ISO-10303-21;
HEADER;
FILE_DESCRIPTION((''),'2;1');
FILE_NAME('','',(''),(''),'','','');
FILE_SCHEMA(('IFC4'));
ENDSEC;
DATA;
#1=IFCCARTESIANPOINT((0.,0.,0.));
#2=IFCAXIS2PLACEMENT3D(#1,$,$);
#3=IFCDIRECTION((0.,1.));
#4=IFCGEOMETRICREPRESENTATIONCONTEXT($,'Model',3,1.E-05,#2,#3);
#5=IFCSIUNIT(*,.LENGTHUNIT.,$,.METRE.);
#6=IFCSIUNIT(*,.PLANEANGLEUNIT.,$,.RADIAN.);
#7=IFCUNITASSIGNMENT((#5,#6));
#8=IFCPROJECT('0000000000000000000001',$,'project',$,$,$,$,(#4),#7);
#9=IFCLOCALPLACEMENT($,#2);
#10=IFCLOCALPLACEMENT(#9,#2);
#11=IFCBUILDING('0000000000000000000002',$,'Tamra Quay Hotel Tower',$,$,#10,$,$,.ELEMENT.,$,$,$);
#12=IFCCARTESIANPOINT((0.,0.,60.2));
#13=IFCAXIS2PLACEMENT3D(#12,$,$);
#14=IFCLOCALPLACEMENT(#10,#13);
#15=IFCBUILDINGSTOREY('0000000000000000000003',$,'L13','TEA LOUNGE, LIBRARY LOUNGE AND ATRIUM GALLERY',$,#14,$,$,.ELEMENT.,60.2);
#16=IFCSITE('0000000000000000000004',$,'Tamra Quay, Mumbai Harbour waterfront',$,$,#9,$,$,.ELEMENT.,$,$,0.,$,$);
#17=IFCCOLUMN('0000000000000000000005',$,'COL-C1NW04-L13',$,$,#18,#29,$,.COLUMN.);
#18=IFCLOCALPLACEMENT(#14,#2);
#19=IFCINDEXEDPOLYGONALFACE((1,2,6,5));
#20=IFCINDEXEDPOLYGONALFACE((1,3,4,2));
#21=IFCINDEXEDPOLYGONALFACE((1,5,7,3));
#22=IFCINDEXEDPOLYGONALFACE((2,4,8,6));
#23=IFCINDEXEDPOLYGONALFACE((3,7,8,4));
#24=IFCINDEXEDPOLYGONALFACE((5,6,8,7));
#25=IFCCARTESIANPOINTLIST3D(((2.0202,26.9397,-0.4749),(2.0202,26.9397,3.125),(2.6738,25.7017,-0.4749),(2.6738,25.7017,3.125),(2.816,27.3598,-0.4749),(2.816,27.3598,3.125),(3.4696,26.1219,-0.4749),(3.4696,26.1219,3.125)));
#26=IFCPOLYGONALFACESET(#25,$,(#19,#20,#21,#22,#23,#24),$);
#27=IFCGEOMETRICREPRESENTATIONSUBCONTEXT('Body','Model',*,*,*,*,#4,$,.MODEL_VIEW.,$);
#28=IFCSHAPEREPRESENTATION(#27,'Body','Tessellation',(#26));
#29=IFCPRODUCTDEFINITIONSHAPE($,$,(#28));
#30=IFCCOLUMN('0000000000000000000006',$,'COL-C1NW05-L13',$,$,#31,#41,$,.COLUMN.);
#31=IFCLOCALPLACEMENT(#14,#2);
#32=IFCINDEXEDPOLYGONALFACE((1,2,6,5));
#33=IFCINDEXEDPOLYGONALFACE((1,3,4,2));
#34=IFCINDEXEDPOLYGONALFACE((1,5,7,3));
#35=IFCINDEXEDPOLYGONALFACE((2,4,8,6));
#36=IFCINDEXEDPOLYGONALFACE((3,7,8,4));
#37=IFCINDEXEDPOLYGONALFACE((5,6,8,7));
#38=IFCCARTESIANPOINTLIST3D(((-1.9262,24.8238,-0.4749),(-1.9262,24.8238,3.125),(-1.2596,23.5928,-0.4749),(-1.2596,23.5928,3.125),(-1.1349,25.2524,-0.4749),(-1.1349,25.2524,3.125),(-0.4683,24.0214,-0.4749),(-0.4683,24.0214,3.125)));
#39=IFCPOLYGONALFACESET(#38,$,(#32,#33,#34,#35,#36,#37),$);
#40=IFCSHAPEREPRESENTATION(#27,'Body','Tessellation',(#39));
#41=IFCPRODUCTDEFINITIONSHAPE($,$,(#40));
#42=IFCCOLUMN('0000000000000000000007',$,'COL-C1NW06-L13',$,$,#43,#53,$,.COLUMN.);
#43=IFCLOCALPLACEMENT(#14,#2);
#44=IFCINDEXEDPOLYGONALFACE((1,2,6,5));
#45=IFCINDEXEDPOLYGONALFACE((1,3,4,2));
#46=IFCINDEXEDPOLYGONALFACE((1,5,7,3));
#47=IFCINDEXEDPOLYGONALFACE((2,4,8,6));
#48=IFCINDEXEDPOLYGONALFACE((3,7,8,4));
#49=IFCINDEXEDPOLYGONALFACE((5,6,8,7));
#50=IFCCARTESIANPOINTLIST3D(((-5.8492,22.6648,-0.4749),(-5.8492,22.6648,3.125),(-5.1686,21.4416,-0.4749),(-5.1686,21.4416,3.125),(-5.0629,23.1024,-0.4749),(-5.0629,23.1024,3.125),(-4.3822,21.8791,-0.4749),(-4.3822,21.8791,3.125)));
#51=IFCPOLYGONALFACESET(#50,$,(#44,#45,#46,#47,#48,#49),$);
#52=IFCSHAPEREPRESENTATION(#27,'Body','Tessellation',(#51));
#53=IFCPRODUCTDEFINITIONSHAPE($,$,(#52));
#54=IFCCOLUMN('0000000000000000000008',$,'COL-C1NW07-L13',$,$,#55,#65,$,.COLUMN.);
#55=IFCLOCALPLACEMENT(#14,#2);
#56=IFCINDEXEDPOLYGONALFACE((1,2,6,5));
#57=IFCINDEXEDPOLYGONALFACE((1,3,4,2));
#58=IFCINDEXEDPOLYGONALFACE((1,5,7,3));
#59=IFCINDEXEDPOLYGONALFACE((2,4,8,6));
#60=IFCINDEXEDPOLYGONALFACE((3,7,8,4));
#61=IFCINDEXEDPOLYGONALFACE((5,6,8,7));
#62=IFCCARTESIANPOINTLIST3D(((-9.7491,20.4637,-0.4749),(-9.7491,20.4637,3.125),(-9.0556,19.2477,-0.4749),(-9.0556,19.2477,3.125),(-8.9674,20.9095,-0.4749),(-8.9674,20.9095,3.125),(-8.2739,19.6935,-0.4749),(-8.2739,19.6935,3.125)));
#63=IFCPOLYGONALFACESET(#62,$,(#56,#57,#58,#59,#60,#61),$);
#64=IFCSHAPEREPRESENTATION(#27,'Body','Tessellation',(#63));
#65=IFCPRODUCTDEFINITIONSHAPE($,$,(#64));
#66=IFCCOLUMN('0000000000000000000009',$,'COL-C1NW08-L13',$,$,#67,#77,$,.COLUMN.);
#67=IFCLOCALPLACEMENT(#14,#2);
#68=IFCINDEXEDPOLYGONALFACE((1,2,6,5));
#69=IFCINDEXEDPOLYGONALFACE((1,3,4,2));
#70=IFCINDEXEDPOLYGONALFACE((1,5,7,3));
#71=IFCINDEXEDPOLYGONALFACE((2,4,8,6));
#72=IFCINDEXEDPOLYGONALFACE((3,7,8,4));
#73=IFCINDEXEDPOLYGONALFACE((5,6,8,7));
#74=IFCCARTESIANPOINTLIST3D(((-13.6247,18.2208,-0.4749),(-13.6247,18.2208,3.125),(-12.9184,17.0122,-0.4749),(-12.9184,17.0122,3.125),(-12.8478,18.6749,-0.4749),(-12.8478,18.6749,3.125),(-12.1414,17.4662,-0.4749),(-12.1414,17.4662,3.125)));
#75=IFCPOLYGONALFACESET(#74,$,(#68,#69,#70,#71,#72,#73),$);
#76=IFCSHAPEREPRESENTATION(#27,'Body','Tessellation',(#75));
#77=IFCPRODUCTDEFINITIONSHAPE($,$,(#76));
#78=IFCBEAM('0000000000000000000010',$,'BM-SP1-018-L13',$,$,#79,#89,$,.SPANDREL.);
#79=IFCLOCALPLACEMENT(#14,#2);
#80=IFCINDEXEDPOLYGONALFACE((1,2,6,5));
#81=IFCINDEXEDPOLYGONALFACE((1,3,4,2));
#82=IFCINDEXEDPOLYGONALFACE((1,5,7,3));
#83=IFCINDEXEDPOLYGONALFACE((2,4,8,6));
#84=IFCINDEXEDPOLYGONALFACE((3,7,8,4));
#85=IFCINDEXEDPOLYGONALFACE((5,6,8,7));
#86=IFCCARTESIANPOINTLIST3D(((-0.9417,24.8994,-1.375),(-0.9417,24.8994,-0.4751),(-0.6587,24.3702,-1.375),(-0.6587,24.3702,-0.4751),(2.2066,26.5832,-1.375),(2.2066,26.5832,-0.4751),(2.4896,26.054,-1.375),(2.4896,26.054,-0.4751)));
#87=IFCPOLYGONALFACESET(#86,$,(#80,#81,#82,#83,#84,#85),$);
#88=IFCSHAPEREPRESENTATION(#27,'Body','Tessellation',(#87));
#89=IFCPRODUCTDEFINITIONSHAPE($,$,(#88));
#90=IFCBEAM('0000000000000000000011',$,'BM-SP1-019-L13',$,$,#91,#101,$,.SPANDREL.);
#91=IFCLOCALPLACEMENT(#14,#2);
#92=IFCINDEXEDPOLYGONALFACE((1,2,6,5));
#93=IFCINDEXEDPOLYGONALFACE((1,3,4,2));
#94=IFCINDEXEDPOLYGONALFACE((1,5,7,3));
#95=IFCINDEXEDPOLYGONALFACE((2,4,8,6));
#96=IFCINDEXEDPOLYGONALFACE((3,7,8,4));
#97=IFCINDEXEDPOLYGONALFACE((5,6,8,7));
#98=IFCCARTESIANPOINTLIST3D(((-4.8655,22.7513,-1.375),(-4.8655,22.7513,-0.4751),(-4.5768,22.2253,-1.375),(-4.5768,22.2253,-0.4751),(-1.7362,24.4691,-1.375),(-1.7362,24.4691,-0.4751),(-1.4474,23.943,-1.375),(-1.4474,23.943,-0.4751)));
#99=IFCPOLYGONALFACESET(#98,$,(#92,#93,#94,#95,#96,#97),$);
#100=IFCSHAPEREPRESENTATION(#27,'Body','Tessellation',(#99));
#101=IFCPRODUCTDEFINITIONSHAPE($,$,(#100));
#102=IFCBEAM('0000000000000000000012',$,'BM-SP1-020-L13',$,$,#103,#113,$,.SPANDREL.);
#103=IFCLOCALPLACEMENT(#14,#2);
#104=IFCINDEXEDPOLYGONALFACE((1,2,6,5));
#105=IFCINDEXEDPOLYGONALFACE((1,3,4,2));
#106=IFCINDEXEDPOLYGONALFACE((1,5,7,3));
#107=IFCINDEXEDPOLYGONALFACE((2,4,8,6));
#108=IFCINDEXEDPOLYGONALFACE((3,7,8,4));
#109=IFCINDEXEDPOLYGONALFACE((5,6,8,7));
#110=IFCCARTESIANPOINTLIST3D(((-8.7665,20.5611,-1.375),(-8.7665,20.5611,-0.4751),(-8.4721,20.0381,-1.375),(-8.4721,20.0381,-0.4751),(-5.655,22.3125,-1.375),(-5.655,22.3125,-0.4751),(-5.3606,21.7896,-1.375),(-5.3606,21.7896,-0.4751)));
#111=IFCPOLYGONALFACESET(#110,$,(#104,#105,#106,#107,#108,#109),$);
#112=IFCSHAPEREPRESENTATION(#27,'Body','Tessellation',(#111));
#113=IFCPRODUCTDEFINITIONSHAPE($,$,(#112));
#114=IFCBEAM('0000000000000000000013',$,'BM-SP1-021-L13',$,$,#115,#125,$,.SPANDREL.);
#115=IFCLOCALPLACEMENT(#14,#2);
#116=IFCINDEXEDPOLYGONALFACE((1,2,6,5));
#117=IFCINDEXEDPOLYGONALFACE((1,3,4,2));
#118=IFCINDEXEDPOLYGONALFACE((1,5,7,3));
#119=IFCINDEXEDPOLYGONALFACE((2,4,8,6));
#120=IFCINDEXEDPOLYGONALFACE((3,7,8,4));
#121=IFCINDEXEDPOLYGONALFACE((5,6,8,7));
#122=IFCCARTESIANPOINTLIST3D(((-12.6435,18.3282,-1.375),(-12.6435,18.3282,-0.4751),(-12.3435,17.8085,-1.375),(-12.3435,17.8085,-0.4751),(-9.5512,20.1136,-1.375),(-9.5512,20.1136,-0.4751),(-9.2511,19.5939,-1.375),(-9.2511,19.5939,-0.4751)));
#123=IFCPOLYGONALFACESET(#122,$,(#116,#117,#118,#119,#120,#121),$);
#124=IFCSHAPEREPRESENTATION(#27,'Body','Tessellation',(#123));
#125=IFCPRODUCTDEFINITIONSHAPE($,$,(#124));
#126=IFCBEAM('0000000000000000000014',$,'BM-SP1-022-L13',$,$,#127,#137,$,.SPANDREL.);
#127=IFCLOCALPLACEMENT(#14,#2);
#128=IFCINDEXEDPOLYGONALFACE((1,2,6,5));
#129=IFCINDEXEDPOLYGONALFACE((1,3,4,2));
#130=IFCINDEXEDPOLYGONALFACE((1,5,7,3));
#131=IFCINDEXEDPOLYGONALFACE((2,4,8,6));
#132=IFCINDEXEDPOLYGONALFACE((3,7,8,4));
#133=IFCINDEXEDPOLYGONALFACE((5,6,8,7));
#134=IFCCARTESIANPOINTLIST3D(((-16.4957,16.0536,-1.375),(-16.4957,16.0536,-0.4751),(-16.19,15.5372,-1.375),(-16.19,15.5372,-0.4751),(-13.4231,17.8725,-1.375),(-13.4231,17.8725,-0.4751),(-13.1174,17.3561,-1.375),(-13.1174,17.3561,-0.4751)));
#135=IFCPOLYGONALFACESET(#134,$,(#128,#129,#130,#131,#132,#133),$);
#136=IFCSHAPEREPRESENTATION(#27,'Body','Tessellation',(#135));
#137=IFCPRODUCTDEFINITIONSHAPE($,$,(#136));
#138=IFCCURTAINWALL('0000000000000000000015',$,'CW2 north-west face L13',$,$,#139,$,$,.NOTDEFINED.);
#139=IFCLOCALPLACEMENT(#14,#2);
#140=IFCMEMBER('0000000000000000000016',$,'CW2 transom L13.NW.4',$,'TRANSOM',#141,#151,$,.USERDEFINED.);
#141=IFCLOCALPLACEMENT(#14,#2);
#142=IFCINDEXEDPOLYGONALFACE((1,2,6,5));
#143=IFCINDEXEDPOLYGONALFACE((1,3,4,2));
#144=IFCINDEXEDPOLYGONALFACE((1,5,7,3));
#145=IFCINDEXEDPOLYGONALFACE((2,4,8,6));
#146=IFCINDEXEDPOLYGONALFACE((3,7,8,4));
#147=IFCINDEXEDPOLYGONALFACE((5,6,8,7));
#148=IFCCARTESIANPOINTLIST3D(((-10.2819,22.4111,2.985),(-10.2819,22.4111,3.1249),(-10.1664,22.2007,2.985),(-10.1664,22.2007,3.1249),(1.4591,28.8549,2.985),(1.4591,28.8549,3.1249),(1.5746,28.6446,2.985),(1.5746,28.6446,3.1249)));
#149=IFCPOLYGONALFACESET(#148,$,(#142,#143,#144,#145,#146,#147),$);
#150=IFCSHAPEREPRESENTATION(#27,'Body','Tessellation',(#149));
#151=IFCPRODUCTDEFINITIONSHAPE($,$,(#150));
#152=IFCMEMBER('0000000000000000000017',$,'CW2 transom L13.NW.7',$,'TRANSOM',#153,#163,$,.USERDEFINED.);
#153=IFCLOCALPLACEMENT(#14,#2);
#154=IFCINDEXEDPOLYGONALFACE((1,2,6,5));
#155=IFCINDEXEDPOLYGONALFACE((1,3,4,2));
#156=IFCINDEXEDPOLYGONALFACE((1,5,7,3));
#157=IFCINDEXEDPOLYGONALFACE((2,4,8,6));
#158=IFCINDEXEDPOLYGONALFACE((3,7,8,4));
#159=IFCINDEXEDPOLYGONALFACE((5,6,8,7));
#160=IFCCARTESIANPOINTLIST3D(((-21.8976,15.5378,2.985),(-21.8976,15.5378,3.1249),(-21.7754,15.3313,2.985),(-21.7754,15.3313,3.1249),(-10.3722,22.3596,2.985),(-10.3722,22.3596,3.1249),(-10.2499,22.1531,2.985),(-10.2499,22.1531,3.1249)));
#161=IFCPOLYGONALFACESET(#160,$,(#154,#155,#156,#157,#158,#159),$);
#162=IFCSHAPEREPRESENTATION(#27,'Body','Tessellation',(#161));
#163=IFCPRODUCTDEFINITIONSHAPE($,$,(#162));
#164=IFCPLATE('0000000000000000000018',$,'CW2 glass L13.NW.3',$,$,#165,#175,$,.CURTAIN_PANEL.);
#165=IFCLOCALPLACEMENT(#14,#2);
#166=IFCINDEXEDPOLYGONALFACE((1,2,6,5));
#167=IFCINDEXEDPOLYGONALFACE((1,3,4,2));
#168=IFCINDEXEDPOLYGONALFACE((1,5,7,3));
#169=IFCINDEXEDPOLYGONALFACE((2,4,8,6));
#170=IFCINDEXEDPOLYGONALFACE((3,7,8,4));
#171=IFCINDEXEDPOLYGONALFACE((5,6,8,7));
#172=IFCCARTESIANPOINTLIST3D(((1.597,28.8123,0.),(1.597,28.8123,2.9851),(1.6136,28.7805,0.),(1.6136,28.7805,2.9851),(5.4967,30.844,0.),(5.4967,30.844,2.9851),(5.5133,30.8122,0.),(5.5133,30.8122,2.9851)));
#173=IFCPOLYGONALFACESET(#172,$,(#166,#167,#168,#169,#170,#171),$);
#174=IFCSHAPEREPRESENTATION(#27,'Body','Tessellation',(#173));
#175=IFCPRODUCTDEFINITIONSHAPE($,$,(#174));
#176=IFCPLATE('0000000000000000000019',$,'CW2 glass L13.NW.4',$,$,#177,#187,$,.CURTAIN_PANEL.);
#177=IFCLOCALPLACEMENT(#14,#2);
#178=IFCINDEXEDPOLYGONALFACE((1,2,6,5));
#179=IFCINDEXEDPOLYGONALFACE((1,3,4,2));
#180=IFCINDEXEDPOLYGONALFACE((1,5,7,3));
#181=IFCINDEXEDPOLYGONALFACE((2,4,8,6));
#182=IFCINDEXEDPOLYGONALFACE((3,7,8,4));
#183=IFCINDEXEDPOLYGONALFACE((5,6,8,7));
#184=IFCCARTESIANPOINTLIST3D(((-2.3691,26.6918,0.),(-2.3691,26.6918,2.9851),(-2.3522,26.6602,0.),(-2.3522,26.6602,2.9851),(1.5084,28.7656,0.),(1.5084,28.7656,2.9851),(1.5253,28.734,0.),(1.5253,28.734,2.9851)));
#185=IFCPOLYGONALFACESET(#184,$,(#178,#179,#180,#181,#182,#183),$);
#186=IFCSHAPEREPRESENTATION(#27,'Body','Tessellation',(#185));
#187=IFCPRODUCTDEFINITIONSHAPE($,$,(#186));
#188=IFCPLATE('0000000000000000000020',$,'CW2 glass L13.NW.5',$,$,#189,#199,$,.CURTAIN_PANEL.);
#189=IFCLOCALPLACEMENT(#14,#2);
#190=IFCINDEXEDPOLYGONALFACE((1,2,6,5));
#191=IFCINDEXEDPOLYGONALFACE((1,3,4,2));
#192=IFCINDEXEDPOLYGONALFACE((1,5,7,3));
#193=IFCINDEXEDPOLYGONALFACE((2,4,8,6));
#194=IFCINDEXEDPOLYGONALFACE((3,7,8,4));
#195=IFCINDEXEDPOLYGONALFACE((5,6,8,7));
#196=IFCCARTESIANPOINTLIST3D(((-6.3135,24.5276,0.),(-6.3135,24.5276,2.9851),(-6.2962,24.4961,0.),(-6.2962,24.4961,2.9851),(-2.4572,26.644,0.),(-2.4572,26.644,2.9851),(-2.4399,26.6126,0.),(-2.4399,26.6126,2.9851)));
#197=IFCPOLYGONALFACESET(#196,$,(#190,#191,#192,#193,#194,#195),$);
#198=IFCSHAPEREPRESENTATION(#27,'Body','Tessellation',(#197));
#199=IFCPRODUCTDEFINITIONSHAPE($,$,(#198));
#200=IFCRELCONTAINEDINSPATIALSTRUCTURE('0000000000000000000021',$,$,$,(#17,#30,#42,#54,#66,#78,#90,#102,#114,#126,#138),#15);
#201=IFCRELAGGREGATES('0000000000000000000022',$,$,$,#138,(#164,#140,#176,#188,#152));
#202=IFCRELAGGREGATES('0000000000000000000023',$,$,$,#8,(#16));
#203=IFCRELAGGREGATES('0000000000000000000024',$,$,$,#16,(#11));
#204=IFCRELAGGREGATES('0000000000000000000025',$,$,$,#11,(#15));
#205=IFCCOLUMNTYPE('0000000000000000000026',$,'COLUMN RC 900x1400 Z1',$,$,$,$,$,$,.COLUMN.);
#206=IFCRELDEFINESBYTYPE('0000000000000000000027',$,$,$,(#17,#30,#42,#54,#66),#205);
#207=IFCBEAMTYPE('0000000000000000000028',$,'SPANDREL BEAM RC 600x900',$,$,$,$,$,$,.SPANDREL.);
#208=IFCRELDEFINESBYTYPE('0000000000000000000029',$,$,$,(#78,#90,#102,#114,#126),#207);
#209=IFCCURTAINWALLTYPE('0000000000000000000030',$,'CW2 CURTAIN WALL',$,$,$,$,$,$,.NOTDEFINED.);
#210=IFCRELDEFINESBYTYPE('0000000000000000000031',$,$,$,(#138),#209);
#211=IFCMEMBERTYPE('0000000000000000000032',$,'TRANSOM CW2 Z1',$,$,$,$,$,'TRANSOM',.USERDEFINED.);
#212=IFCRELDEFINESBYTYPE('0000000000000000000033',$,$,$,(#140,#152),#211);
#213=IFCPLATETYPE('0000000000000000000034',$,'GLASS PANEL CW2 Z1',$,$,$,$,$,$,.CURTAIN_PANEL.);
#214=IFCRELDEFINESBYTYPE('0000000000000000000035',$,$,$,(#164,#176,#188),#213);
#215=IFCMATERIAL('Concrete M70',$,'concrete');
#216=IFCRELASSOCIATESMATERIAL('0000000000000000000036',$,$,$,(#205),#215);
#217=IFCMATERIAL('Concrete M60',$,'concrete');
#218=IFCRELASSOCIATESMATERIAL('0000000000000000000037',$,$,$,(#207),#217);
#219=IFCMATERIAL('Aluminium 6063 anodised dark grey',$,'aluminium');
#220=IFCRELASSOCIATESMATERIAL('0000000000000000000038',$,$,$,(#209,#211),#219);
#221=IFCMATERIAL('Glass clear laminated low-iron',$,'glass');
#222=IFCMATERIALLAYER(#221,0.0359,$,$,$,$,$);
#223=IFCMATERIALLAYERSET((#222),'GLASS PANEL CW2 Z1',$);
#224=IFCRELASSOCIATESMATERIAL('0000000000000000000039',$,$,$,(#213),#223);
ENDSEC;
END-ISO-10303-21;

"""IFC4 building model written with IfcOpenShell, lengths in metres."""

from ifc_helpers import new_model, si_unit, direction, frame, origin, origin_2d, place, context, subcontext, project, spatial, rectangle, extrude, material, layer, layer_set, material_profile, profile_set, type_object, element, aggregate, save


model = new_model("IFC4")

# Units and contexts
model_context = context("Model", 3, precision=1e-05, world=origin(), true_north=direction((0.0, 1.0)))
body_context = subcontext(model_context, "Body", "Model", "MODEL_VIEW")
ifc_project = project(units=[si_unit("LENGTHUNIT", "METRE"), si_unit("PLANEANGLEUNIT", "RADIAN")], contexts=[model_context])

# Site, building, storey
site_placement = place(None, origin())
site = spatial("IfcSite", under=ifc_project, at=site_placement, Name="Tamra Quay, Mumbai Harbour waterfront", CompositionType="ELEMENT", RefElevation=0.0)
building_placement = place(site_placement, origin())
building = spatial("IfcBuilding", under=site, at=building_placement, Name="Tamra Quay Hotel Tower", CompositionType="ELEMENT")
storey_placement = place(building_placement, frame((0.0, 0.0, 60.2)))
storey = spatial("IfcBuildingStorey", under=building, at=storey_placement, Name="L13", Description="TEA LOUNGE, LIBRARY LOUNGE AND ATRIUM GALLERY", CompositionType="ELEMENT", Elevation=60.2)

# Columns
ifc_material_1 = material(Name="Concrete M70", Category="concrete")
ifc_material_profile_1 = material_profile(ifc_material_1, rectangle(XDim=1.3999, YDim=0.8999, at=origin_2d()), Name="COLUMN RC 900x1400 Z1")
ifc_profile_set_1 = profile_set([ifc_material_profile_1], Name="Concrete M70")
column_type = type_object("IfcColumnType", Name="COLUMN RC 900x1400 Z1", PredefinedType="COLUMN", material=ifc_profile_set_1)
for number, where, z_axis, x_axis, name in (
    (1, (2.7449, 26.5308, -0.4749), (0.0, 0.0, 1.0), (-0.466896, 0.884312, 0.0), "COL-C1NW04-L13"),
    (2, (-1.1973, 24.4226, -0.4749), (0.0, 0.0, 1.0), (-0.476198, 0.879338, 0.0), "COL-C1NW05-L13"),
    (3, (-5.1157, 22.272, -0.4749), (0.0, 0.0, 1.0), (-0.486221, 0.873836, 0.0), "COL-C1NW06-L13"),
    (4, (-9.0115, 20.0786, -0.4749), (0.0, 0.0, 1.0), (-0.495421, 0.868653, 0.0), "COL-C1NW07-L13"),
    (5, (-12.8831, 17.8435, -0.4749), (0.0, 0.0, 1.0), (-0.504565, 0.863374, 0.0), "COL-C1NW08-L13"),
):
    element("IfcColumn", number, at=place(storey_placement, frame(where, z_axis=z_axis, x_axis=x_axis)), inside=storey, type_object=column_type, Name=name, PredefinedType="COLUMN", context=body_context, shape_type="SweptSolid", body=[
        extrude(rectangle(XDim=1.3999, YDim=0.8999, at=origin_2d()), origin(), (0.0, 0.0, 1.0), 3.5999),
    ])

# Beams
ifc_material_2 = material(Name="Concrete M60", Category="concrete")
ifc_material_profile_2 = material_profile(ifc_material_2, rectangle(XDim=0.6001, YDim=0.8999, at=origin_2d()), Name="SPANDREL BEAM RC 600x900")
ifc_profile_set_2 = profile_set([ifc_material_profile_2], Name="Concrete M60")
beam_type = type_object("IfcBeamType", Name="SPANDREL BEAM RC 600x900", PredefinedType="SPANDREL", material=ifc_profile_set_2)
beam_1_placement = place(storey_placement, frame((2.3481, 26.3186, -0.925), z_axis=(-0.881809, -0.471607, 0.0), x_axis=(0.471607, -0.881809, 0.0)))
element("IfcBeam", 6, at=beam_1_placement, inside=storey, type_object=beam_type, Name="BM-SP1-018-L13", PredefinedType="SPANDREL", context=body_context, shape_type="SweptSolid", body=[
    extrude(rectangle(XDim=0.6001, YDim=0.8999, at=origin_2d()), origin(), (0.0, 0.0, 1.0), 3.5703),
])
beam_2_placement = place(storey_placement, frame((-1.5918, 24.2061, -0.925), z_axis=(-0.876617, -0.481189, 0.0), x_axis=(0.481189, -0.876617, 0.0)))
element("IfcBeam", 7, at=beam_2_placement, inside=storey, type_object=beam_type, Name="BM-SP1-019-L13", PredefinedType="SPANDREL", context=body_context, shape_type="SweptSolid", body=[
    extrude(rectangle(XDim=0.6001, YDim=0.8999, at=origin_2d()), origin(), (0.0, 0.0, 1.0), 3.5698),
])
beam_3_placement = place(storey_placement, frame((-5.5078, 22.051, -0.925), z_axis=(-0.871431, -0.490518, 0.0), x_axis=(0.490518, -0.871431, 0.0)))
element("IfcBeam", 8, at=beam_3_placement, inside=storey, type_object=beam_type, Name="BM-SP1-020-L13", PredefinedType="SPANDREL", context=body_context, shape_type="SweptSolid", body=[
    extrude(rectangle(XDim=0.6001, YDim=0.8999, at=origin_2d()), origin(), (0.0, 0.0, 1.0), 3.5706),
])
beam_4_placement = place(storey_placement, frame((-9.4011, 19.8538, -0.925), z_axis=(-0.866017, -0.500014, 0.0), x_axis=(0.500014, -0.866017, 0.0)))
element("IfcBeam", 9, at=beam_4_placement, inside=storey, type_object=beam_type, Name="BM-SP1-021-L13", PredefinedType="SPANDREL", context=body_context, shape_type="SweptSolid", body=[
    extrude(rectangle(XDim=0.6001, YDim=0.8999, at=origin_2d()), origin(), (0.0, 0.0, 1.0), 3.5708),
])
beam_5_placement = place(storey_placement, frame((-13.2703, 17.6143, -0.925), z_axis=(-0.860525, -0.509409, 0.0), x_axis=(0.509409, -0.860525, 0.0)))
element("IfcBeam", 10, at=beam_5_placement, inside=storey, type_object=beam_type, Name="BM-SP1-022-L13", PredefinedType="SPANDREL", context=body_context, shape_type="SweptSolid", body=[
    extrude(rectangle(XDim=0.6001, YDim=0.8999, at=origin_2d()), origin(), (0.0, 0.0, 1.0), 3.5706),
])

# Curtain wall, members, plates
ifc_material_3 = material(Name="Aluminium 6063 anodised dark grey", Category="aluminium")
curtain_wall_type = type_object("IfcCurtainWallType", Name="CW2 CURTAIN WALL", PredefinedType="NOTDEFINED", material=ifc_material_3)
curtain_wall_placement = place(storey_placement, origin())
curtain_wall = element("IfcCurtainWall", 11, at=curtain_wall_placement, inside=storey, type_object=curtain_wall_type, Name="CW2 north-west face L13", PredefinedType="NOTDEFINED")
ifc_material_profile_3 = material_profile(ifc_material_3, rectangle(XDim=0.24, YDim=0.1399, at=origin_2d()), Name="TRANSOM 240X140")
ifc_profile_set_3 = profile_set([ifc_material_profile_3], Name="Aluminium 6063 anodised dark grey")
member_type = type_object("IfcMemberType", Name="TRANSOM CW2 Z1", ElementType="TRANSOM", PredefinedType="USERDEFINED", material=ifc_profile_set_3)
member_1_placement = place(storey_placement, frame((1.5168, 28.7498, 3.0549), z_axis=(-0.876647, -0.481134, 0.0), x_axis=(0.481134, -0.876647, 0.0)))
member_1 = element("IfcMember", 12, at=member_1_placement, type_object=member_type, Name="CW2 transom L13.NW.4", ObjectType="TRANSOM", PredefinedType="USERDEFINED", context=body_context, shape_type="SweptSolid", body=[
    extrude(rectangle(XDim=0.24, YDim=0.1399, at=origin_2d()), origin(), (0.0, 0.0, 1.0), 13.3931),
])
member_2_placement = place(storey_placement, frame((-10.311, 22.2563, 3.0549), z_axis=(-0.860556, -0.509356, 0.0), x_axis=(0.509356, -0.860556, 0.0)))
member_2 = element("IfcMember", 13, at=member_2_placement, type_object=member_type, Name="CW2 transom L13.NW.7", ObjectType="TRANSOM", PredefinedType="USERDEFINED", context=body_context, shape_type="SweptSolid", body=[
    extrude(rectangle(XDim=0.24, YDim=0.1399, at=origin_2d()), origin(), (0.0, 0.0, 1.0), 13.3931),
])
ifc_material_4 = material(Name="Glass clear laminated low-iron", Category="glass")
ifc_layer_1 = layer(ifc_material_4, 0.0359)
ifc_layer_set_1 = layer_set([ifc_layer_1], Name="GLASS PANEL CW2 Z1")
plate_type = type_object("IfcPlateType", Name="GLASS PANEL CW2 Z1", PredefinedType="CURTAIN_PANEL", material=ifc_layer_set_1)
plate_1_placement = place(storey_placement, frame((3.5552, 29.8123, 0.0), z_axis=(0.0, 0.0, 1.0), x_axis=(-0.886856, -0.462045, 0.0)))
plate_1 = element("IfcPlate", 14, at=plate_1_placement, type_object=plate_type, Name="CW2 glass L13.NW.3", PredefinedType="CURTAIN_PANEL", context=body_context, shape_type="SweptSolid", body=[
    extrude(rectangle(XDim=4.3972, YDim=0.0359, at=origin_2d()), origin(), (0.0, 0.0, 1.0), 2.9851),
])
plate_2_placement = place(storey_placement, frame((-0.4219, 27.7129, 0.0), z_axis=(0.0, 0.0, 1.0), x_axis=(-0.881806, -0.471612, 0.0)))
plate_2 = element("IfcPlate", 15, at=plate_2_placement, type_object=plate_type, Name="CW2 glass L13.NW.4", PredefinedType="CURTAIN_PANEL", context=body_context, shape_type="SweptSolid", body=[
    extrude(rectangle(XDim=4.3972, YDim=0.0359, at=origin_2d()), origin(), (0.0, 0.0, 1.0), 2.9851),
])
plate_3_placement = place(storey_placement, frame((-4.3767, 25.5701, 0.0), z_axis=(0.0, 0.0, 1.0), x_axis=(-0.876651, -0.481127, 0.0)))
plate_3 = element("IfcPlate", 16, at=plate_3_placement, type_object=plate_type, Name="CW2 glass L13.NW.5", PredefinedType="CURTAIN_PANEL", context=body_context, shape_type="SweptSolid", body=[
    extrude(rectangle(XDim=4.3989, YDim=0.0359, at=origin_2d()), origin(), (0.0, 0.0, 1.0), 2.9851),
])
aggregate(curtain_wall, [plate_1, member_1, plate_2, plate_3, member_2])

save(model, "model.ifc")
